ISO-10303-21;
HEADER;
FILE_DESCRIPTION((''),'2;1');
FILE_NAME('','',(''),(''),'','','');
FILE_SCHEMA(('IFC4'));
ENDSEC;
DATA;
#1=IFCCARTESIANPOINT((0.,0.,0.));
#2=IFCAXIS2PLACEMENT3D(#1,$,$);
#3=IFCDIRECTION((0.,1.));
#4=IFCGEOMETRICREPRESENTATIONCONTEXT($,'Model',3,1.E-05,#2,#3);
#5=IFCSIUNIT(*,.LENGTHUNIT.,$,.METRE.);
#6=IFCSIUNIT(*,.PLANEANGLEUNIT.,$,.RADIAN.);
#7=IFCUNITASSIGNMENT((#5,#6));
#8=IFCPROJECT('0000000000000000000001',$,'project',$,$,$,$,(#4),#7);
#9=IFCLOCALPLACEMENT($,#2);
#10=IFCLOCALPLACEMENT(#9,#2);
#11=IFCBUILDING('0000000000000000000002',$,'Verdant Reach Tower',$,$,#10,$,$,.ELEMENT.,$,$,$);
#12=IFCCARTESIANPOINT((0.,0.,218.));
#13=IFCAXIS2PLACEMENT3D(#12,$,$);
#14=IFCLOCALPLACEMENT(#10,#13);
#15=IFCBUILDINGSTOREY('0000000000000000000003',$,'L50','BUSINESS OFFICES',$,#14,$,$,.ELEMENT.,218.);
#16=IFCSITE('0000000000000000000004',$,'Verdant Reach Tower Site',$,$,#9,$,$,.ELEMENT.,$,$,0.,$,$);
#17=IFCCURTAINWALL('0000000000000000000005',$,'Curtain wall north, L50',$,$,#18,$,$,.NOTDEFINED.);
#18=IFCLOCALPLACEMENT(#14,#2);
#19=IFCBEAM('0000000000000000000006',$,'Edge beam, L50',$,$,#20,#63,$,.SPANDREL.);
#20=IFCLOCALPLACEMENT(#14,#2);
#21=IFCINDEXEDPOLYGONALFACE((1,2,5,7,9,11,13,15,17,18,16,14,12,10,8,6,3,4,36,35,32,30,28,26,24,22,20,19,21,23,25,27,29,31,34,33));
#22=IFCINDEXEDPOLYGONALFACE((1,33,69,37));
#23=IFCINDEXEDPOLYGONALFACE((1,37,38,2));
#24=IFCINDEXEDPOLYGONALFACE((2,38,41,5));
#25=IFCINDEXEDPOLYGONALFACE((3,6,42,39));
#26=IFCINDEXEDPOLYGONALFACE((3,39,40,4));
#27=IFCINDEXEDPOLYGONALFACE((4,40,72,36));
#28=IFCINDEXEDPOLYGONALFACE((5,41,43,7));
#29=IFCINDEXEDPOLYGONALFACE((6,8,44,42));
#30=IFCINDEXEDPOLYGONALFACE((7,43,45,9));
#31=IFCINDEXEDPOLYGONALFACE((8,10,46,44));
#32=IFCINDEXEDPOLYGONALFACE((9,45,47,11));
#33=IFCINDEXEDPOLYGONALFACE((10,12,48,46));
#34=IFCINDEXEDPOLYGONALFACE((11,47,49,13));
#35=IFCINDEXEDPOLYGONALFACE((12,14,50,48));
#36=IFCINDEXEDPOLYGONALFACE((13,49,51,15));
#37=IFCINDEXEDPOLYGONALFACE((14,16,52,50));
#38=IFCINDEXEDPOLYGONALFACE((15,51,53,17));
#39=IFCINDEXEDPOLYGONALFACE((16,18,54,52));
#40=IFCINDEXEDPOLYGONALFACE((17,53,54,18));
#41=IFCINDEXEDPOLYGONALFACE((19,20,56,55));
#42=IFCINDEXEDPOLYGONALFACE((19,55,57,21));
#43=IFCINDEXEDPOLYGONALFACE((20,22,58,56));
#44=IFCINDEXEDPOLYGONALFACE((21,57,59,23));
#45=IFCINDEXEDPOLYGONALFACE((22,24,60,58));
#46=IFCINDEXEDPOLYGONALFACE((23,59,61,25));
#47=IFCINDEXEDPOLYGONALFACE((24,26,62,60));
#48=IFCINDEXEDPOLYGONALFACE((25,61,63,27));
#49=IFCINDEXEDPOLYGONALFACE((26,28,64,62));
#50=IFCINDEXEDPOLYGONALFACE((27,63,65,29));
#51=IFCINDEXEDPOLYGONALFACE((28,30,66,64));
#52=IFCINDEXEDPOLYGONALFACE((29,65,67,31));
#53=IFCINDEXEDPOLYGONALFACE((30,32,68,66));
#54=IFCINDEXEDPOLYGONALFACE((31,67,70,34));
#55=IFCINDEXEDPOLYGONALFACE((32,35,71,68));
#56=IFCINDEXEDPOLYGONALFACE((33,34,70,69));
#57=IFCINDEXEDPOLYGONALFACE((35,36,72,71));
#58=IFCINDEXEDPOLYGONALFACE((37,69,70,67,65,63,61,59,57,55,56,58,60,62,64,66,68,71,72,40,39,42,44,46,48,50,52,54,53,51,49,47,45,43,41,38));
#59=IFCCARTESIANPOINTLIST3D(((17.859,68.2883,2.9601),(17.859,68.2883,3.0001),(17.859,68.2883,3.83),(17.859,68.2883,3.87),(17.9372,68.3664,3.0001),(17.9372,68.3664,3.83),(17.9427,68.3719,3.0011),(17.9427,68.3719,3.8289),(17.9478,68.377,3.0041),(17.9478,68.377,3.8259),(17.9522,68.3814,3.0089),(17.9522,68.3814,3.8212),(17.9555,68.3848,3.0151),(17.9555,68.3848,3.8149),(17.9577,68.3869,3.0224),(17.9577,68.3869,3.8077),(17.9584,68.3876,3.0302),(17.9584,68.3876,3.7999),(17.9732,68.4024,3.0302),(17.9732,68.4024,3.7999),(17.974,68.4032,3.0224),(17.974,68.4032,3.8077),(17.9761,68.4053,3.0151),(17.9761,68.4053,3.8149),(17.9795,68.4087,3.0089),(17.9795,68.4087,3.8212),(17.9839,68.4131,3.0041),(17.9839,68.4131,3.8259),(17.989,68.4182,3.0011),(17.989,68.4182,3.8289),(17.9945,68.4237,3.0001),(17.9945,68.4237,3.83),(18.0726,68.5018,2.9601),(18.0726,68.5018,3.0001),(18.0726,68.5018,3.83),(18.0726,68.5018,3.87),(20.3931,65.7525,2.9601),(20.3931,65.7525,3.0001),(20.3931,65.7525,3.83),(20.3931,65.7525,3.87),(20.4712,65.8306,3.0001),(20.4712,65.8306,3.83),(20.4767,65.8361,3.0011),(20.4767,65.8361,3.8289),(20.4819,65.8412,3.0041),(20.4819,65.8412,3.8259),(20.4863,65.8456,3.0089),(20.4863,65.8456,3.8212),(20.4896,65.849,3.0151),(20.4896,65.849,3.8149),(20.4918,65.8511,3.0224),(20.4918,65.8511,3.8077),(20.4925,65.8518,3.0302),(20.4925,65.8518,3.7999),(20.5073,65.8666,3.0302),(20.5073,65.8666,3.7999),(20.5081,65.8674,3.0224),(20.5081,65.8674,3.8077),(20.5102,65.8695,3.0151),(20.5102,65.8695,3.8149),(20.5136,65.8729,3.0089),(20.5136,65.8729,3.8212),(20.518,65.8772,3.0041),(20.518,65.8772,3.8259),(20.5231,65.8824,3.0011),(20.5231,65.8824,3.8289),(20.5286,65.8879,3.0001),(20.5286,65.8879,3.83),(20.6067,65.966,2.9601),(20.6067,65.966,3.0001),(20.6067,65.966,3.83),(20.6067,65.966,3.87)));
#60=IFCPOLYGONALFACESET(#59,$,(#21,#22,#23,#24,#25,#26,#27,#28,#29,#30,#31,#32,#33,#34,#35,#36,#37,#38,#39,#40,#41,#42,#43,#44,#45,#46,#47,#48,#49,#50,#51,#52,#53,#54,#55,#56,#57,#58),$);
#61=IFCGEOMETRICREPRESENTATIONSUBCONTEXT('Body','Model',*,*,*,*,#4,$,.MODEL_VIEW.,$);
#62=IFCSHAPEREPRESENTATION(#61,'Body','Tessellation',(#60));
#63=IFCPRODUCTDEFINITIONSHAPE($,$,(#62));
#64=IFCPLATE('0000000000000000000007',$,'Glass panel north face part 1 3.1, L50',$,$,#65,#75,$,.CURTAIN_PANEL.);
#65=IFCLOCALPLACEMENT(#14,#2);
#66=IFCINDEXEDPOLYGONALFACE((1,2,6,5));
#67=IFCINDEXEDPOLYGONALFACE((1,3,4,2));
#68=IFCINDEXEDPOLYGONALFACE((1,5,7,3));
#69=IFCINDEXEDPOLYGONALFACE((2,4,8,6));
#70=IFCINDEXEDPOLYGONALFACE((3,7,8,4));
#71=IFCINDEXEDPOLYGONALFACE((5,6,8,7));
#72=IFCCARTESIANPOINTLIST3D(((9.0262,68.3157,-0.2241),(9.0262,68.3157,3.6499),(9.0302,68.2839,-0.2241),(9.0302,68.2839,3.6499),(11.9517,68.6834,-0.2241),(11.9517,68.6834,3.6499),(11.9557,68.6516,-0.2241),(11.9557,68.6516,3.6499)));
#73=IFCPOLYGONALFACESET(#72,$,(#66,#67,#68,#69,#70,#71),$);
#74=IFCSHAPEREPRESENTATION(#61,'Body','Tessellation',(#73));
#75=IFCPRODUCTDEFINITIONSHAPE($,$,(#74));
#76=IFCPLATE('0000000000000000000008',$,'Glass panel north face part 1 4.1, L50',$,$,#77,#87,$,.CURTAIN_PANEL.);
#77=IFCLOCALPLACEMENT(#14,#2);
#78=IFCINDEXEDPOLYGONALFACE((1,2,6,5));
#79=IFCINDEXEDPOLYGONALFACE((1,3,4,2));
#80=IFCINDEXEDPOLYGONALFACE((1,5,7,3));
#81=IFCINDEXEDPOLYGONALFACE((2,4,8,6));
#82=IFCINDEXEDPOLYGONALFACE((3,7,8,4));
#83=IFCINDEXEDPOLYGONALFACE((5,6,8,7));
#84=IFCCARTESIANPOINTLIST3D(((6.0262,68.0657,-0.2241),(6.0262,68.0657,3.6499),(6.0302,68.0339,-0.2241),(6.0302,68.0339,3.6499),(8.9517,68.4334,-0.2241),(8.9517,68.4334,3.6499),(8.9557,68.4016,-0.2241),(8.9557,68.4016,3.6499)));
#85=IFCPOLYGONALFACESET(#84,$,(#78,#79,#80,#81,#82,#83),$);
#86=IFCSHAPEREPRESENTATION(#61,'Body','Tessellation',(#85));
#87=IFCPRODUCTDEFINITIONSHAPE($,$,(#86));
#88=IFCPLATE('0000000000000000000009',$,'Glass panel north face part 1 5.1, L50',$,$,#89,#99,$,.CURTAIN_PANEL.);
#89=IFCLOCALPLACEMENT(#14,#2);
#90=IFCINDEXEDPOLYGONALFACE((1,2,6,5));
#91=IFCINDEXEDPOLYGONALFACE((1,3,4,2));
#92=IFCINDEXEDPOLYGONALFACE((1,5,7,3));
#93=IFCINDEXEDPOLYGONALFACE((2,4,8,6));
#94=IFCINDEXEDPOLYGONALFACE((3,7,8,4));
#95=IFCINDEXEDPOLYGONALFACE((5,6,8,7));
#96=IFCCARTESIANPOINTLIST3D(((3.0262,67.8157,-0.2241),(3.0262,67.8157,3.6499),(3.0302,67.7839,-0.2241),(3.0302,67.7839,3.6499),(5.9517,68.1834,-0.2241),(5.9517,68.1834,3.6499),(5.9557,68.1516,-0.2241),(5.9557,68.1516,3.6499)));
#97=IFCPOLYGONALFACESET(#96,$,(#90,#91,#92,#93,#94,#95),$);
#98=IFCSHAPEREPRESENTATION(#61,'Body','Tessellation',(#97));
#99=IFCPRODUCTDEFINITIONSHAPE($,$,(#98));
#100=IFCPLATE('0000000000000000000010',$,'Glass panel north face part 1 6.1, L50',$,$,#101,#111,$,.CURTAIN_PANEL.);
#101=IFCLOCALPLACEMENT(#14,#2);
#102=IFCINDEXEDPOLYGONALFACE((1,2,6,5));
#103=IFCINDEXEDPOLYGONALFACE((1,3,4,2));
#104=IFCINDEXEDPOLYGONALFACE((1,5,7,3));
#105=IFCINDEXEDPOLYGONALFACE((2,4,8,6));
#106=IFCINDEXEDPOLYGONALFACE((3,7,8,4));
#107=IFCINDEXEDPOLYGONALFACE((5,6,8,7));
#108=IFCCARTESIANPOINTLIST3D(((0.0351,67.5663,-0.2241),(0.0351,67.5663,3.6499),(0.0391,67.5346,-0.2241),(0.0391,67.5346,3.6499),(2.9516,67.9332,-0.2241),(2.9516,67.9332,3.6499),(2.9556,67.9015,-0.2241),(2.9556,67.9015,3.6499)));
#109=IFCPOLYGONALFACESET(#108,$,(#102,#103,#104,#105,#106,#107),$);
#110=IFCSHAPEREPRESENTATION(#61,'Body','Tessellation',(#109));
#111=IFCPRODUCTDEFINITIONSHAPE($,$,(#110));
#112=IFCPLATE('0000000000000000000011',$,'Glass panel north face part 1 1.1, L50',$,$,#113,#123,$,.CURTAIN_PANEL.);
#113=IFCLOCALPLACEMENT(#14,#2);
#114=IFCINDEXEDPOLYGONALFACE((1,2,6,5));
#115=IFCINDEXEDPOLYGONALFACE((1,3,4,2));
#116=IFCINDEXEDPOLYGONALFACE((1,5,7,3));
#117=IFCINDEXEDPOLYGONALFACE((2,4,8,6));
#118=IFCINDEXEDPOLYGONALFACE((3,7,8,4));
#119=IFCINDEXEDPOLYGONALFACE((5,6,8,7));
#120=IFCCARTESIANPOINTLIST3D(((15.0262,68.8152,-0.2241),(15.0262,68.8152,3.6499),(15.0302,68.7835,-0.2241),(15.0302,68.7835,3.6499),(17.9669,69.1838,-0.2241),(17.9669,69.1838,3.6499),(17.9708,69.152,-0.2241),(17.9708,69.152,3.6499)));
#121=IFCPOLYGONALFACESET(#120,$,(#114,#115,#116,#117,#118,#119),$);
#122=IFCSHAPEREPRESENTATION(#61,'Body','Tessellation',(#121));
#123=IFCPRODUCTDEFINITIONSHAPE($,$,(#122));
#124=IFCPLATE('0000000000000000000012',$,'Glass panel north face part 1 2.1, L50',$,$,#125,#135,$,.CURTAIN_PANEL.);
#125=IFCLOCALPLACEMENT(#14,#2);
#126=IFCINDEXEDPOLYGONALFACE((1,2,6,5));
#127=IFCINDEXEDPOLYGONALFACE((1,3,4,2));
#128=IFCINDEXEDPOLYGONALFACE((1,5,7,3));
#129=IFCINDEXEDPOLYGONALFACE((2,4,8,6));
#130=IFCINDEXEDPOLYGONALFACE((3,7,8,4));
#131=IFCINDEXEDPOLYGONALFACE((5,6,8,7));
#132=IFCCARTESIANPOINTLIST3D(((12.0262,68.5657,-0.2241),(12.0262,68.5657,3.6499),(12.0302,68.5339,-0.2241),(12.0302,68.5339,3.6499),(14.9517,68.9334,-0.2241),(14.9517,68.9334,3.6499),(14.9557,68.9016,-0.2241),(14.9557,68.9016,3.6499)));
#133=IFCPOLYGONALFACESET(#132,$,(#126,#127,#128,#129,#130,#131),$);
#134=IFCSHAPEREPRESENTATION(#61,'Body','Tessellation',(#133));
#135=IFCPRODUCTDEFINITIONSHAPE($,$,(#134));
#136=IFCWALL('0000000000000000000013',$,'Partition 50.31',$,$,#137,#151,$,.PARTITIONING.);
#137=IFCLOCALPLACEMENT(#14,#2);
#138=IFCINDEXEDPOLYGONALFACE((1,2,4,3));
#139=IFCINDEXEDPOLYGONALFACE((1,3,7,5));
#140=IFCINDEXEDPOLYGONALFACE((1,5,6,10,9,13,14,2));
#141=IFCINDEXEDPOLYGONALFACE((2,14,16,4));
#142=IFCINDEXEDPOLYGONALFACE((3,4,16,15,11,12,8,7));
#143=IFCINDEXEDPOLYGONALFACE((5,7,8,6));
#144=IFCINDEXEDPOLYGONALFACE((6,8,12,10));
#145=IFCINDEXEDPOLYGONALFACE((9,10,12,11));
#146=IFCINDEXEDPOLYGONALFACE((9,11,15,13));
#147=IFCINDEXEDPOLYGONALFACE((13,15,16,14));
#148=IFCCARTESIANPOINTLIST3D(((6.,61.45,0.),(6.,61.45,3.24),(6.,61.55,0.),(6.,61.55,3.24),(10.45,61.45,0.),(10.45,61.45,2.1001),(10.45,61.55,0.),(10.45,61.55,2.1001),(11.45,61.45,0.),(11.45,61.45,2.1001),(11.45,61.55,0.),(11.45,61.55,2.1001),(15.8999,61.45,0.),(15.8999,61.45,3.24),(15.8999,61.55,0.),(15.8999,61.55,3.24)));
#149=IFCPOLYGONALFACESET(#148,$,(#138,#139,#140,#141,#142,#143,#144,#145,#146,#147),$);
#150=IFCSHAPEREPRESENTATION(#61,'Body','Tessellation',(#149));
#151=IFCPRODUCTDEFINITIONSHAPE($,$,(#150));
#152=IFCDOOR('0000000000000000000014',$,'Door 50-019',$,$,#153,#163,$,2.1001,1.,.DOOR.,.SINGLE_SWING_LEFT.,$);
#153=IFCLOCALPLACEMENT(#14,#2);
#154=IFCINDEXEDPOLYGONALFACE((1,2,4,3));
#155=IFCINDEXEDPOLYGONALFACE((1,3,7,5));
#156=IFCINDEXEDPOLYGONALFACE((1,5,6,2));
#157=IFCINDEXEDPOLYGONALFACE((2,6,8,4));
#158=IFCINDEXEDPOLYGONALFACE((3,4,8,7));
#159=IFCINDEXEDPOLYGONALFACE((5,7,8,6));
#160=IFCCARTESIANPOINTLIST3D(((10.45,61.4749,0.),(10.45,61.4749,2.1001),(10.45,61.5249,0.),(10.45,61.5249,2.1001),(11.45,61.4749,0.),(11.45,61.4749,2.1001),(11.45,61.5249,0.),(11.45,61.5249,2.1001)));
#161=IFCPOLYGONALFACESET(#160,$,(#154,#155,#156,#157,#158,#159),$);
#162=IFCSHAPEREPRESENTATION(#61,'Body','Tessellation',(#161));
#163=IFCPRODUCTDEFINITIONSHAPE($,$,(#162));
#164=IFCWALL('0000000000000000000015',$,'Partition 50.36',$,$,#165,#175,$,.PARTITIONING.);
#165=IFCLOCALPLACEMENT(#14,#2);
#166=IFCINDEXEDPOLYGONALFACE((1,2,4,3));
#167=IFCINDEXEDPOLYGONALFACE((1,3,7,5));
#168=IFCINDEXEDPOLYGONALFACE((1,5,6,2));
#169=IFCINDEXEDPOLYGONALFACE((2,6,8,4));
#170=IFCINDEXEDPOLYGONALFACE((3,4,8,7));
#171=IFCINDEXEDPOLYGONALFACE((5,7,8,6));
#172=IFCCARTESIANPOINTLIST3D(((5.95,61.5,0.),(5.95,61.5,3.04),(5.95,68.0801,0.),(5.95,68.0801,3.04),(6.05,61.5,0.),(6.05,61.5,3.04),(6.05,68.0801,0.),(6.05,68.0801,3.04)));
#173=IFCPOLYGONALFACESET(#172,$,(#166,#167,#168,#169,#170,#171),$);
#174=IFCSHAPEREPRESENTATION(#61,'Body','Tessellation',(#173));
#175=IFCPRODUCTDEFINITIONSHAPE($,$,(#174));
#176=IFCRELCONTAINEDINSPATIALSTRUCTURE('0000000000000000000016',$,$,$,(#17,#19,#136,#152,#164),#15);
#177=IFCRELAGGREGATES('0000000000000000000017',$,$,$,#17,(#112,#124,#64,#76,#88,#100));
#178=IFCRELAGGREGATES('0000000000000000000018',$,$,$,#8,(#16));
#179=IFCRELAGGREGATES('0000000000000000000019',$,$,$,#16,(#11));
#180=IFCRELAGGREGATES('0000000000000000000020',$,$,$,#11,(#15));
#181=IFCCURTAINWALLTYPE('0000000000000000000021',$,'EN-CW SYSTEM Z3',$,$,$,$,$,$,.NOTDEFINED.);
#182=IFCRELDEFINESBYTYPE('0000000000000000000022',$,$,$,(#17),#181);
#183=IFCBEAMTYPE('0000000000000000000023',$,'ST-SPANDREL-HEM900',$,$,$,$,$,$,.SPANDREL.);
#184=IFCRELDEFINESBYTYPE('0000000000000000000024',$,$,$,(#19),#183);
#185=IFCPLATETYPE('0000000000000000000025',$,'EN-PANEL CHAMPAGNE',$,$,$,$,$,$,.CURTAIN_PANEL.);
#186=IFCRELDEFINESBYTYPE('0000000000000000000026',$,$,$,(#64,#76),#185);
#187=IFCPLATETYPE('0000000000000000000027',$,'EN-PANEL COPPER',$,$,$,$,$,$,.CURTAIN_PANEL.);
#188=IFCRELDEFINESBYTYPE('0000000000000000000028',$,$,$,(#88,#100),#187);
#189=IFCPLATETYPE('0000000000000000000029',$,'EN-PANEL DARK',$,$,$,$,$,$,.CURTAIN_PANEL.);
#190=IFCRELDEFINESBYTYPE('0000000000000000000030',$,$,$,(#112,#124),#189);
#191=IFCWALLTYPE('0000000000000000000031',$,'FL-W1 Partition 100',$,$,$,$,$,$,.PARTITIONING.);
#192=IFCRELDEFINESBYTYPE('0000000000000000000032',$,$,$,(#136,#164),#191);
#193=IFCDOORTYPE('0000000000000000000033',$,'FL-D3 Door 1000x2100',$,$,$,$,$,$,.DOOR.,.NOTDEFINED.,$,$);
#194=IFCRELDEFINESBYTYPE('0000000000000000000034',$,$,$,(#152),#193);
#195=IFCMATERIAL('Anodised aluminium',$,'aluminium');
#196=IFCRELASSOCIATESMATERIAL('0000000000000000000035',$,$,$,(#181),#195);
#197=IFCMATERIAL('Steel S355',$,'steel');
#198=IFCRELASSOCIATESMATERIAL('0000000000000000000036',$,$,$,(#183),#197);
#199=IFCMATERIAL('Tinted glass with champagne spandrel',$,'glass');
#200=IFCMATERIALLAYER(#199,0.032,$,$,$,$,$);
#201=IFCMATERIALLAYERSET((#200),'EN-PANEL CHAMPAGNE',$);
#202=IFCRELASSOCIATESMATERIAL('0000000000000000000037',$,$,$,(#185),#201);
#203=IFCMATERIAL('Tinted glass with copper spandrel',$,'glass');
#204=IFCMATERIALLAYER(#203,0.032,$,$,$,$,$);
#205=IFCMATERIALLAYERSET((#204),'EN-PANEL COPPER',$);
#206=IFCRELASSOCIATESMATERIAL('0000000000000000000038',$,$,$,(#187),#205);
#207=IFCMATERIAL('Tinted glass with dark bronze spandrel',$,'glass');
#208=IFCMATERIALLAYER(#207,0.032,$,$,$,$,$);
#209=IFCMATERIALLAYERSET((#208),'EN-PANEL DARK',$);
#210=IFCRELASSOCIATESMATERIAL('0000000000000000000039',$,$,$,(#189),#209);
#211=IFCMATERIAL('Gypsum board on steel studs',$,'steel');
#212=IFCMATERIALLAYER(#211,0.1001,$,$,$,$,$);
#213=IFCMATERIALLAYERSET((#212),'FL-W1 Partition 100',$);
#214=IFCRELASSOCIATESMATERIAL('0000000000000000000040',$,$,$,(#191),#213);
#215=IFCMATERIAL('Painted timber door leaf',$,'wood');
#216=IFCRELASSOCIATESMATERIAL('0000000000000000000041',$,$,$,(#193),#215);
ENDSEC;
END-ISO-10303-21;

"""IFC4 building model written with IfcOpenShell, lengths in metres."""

from ifc_helpers import new_model, si_unit, direction, frame, frame_2d, origin, origin_2d, place, context, subcontext, project, spatial, rectangle, i_section, extrude, material, layer, layer_set, material_profile, profile_set, type_object, element, fill, aggregate, save


model = new_model("IFC4")

# Units and contexts
model_context = context("Model", 3, precision=1e-05, world=origin(), true_north=direction((0.0, 1.0)))
body_context = subcontext(model_context, "Body", "Model", "MODEL_VIEW")
ifc_project = project(units=[si_unit("LENGTHUNIT", "METRE"), si_unit("PLANEANGLEUNIT", "RADIAN")], contexts=[model_context])

# Site, building, storey
site_placement = place(None, origin())
site = spatial("IfcSite", under=ifc_project, at=site_placement, Name="Verdant Reach Tower Site", CompositionType="ELEMENT", RefElevation=0.0)
building_placement = place(site_placement, origin())
building = spatial("IfcBuilding", under=site, at=building_placement, Name="Verdant Reach Tower", CompositionType="ELEMENT")
storey_placement = place(building_placement, frame((0.0, 0.0, 218.0)))
storey = spatial("IfcBuildingStorey", under=building, at=storey_placement, Name="L50", Description="BUSINESS OFFICES", CompositionType="ELEMENT", Elevation=218.0)

# Curtain wall
ifc_material_1 = material(Name="Anodised aluminium", Category="aluminium")
curtain_wall_type = type_object("IfcCurtainWallType", Name="EN-CW SYSTEM Z3", PredefinedType="NOTDEFINED", material=ifc_material_1)
curtain_wall_placement = place(storey_placement, origin())
curtain_wall = element("IfcCurtainWall", 1, at=curtain_wall_placement, inside=storey, type_object=curtain_wall_type, Name="Curtain wall north, L50", PredefinedType="NOTDEFINED")

# Beam
ifc_material_2 = material(Name="Steel S355", Category="steel")
ifc_material_profile_1 = material_profile(ifc_material_2, i_section(OverallWidth=0.302, OverallDepth=0.9099, WebThickness=0.021, FlangeThickness=0.04, FilletRadius=0.03, at=origin_2d()), Name="HEM 900")
ifc_profile_set_1 = profile_set([ifc_material_profile_1], Name="Steel S355")
beam_type_1 = type_object("IfcBeamType", Name="ST-SPANDREL-HEM900", PredefinedType="SPANDREL", material=ifc_profile_set_1)
beam_1_placement = place(storey_placement, frame((17.9658, 68.395, 3.415), z_axis=(0.706868, -0.707345, 0.0), x_axis=(0.707345, 0.706868, 0.0)))
element("IfcBeam", 2, at=beam_1_placement, inside=storey, type_object=beam_type_1, Name="Edge beam, L50", PredefinedType="SPANDREL", context=body_context, shape_type="SweptSolid", body=[
    extrude(i_section(OverallWidth=0.302, OverallDepth=0.9099, WebThickness=0.021, FlangeThickness=0.04, FilletRadius=0.03, at=origin_2d()), origin(), (0.0, 0.0, 1.0), 3.585),
])

# Plates
ifc_material_3 = material(Name="Tinted glass with champagne spandrel", Category="glass")
ifc_layer_1 = layer(ifc_material_3, 0.032)
ifc_layer_set_1 = layer_set([ifc_layer_1], Name="EN-PANEL CHAMPAGNE")
plate_type_1 = type_object("IfcPlateType", Name="EN-PANEL CHAMPAGNE", PredefinedType="CURTAIN_PANEL", material=ifc_layer_set_1)
plate_1_placement = place(storey_placement, frame((10.491, 68.4836, -0.2241), z_axis=(0.0, 0.0, 1.0), x_axis=(-0.992194, -0.124704, 0.0)))
plate_1 = element("IfcPlate", 3, at=plate_1_placement, type_object=plate_type_1, Name="Glass panel north face part 1 3.1, L50", PredefinedType="CURTAIN_PANEL", context=body_context, shape_type="SweptSolid", body=[
    extrude(rectangle(XDim=2.9485, YDim=0.032, at=origin_2d()), origin(), (0.0, 0.0, 1.0), 3.874),
])
plate_2_placement = place(storey_placement, frame((7.491, 68.2336, -0.2241), z_axis=(0.0, 0.0, 1.0), x_axis=(-0.992194, -0.124704, 0.0)))
plate_2 = element("IfcPlate", 4, at=plate_2_placement, type_object=plate_type_1, Name="Glass panel north face part 1 4.1, L50", PredefinedType="CURTAIN_PANEL", context=body_context, shape_type="SweptSolid", body=[
    extrude(rectangle(XDim=2.9485, YDim=0.032, at=origin_2d()), origin(), (0.0, 0.0, 1.0), 3.874),
])
ifc_material_4 = material(Name="Tinted glass with copper spandrel", Category="glass")
ifc_layer_2 = layer(ifc_material_4, 0.032)
ifc_layer_set_2 = layer_set([ifc_layer_2], Name="EN-PANEL COPPER")
plate_type_2 = type_object("IfcPlateType", Name="EN-PANEL COPPER", PredefinedType="CURTAIN_PANEL", material=ifc_layer_set_2)
plate_3_placement = place(storey_placement, frame((4.491, 67.9836, -0.2241), z_axis=(0.0, 0.0, 1.0), x_axis=(-0.992194, -0.124704, 0.0)))
plate_3 = element("IfcPlate", 5, at=plate_3_placement, type_object=plate_type_2, Name="Glass panel north face part 1 5.1, L50", PredefinedType="CURTAIN_PANEL", context=body_context, shape_type="SweptSolid", body=[
    extrude(rectangle(XDim=2.9485, YDim=0.032, at=origin_2d()), origin(), (0.0, 0.0, 1.0), 3.874),
])
plate_4_placement = place(storey_placement, frame((1.4954, 67.7339, -0.2241), z_axis=(0.0, 0.0, 1.0), x_axis=(-0.992178, -0.124828, 0.0)))
plate_4 = element("IfcPlate", 6, at=plate_4_placement, type_object=plate_type_2, Name="Glass panel north face part 1 6.1, L50", PredefinedType="CURTAIN_PANEL", context=body_context, shape_type="SweptSolid", body=[
    extrude(rectangle(XDim=2.9395, YDim=0.032, at=origin_2d()), origin(), (0.0, 0.0, 1.0), 3.874),
])
ifc_material_5 = material(Name="Tinted glass with dark bronze spandrel", Category="glass")
ifc_layer_3 = layer(ifc_material_5, 0.032)
ifc_layer_set_3 = layer_set([ifc_layer_3], Name="EN-PANEL DARK")
plate_type_3 = type_object("IfcPlateType", Name="EN-PANEL DARK", PredefinedType="CURTAIN_PANEL", material=ifc_layer_set_3)
plate_5_placement = place(storey_placement, frame((16.4985, 68.9836, -0.2241), z_axis=(0.0, 0.0, 1.0), x_axis=(-0.992238, -0.124355, 0.0)))
plate_5 = element("IfcPlate", 7, at=plate_5_placement, type_object=plate_type_3, Name="Glass panel north face part 1 1.1, L50", PredefinedType="CURTAIN_PANEL", context=body_context, shape_type="SweptSolid", body=[
    extrude(rectangle(XDim=2.9636, YDim=0.032, at=origin_2d()), origin(), (0.0, 0.0, 1.0), 3.874),
])
plate_6_placement = place(storey_placement, frame((13.491, 68.7336, -0.2241), z_axis=(0.0, 0.0, 1.0), x_axis=(-0.992194, -0.124704, 0.0)))
plate_6 = element("IfcPlate", 8, at=plate_6_placement, type_object=plate_type_3, Name="Glass panel north face part 1 2.1, L50", PredefinedType="CURTAIN_PANEL", context=body_context, shape_type="SweptSolid", body=[
    extrude(rectangle(XDim=2.9485, YDim=0.032, at=origin_2d()), origin(), (0.0, 0.0, 1.0), 3.874),
])
aggregate(curtain_wall, [plate_5, plate_6, plate_1, plate_2, plate_3, plate_4])

# Wall, opening, door
ifc_material_6 = material(Name="Gypsum board on steel studs", Category="steel")
ifc_layer_4 = layer(ifc_material_6, 0.1001)
ifc_layer_set_4 = layer_set([ifc_layer_4], Name="FL-W1 Partition 100")
wall_type = type_object("IfcWallType", Name="FL-W1 Partition 100", PredefinedType="PARTITIONING", material=ifc_layer_set_4)
wall_1_placement = place(storey_placement, frame((6.0, 61.5, 0.0), z_axis=(0.0, 0.0, 1.0), x_axis=(1.0, 0.0, 0.0)))
wall_1 = element("IfcWall", 9, at=wall_1_placement, inside=storey, type_object=wall_type, Name="Partition 50.31", PredefinedType="PARTITIONING", context=body_context, shape_type="SweptSolid", body=[
    extrude(rectangle(XDim=9.8999, YDim=0.1001, at=frame_2d((4.95, 0.0))), origin(), (0.0, 0.0, 1.0), 3.24),
])
opening_placement = place(wall_1_placement, frame((4.45, 0.0, 0.0)))
opening = element("IfcOpeningElement", 10, at=opening_placement, cuts=wall_1, PredefinedType="OPENING", context=body_context, shape_type="SweptSolid", body=[
    extrude(rectangle(XDim=1.0, YDim=2.1001, at=frame_2d((0.5, 1.05))), frame((0.0, 0.0601, 0.0), z_axis=(0.0, -1.0, 0.0), x_axis=(1.0, 0.0, 0.0)), (0.0, 0.0, 1.0), 0.1201),
])
ifc_material_7 = material(Name="Painted timber door leaf", Category="wood")
door_type = type_object("IfcDoorType", Name="FL-D3 Door 1000x2100", OperationType="NOTDEFINED", PredefinedType="DOOR", material=ifc_material_7)
door_placement = place(opening_placement, origin())
door = element("IfcDoor", 11, at=door_placement, inside=storey, type_object=door_type, Name="Door 50-019", OperationType="SINGLE_SWING_LEFT", OverallHeight=2.1001, OverallWidth=1.0, PredefinedType="DOOR", context=body_context, shape_type="SweptSolid", body=[
    extrude(rectangle(XDim=1.0, YDim=2.1001, at=frame_2d((0.5, 1.05))), frame((0.0, 0.0249, 0.0), z_axis=(0.0, -1.0, 0.0), x_axis=(1.0, 0.0, 0.0)), (0.0, 0.0, 1.0), 0.05),
])
fill(opening, door)

# Wall
wall_2_placement = place(storey_placement, frame((6.0, 61.5, 0.0), z_axis=(0.0, 0.0, 1.0), x_axis=(0.0, 1.0, 0.0)))
element("IfcWall", 12, at=wall_2_placement, inside=storey, type_object=wall_type, Name="Partition 50.36", PredefinedType="PARTITIONING", context=body_context, shape_type="SweptSolid", body=[
    extrude(rectangle(XDim=6.5801, YDim=0.1001, at=frame_2d((3.29, 0.0))), origin(), (0.0, 0.0, 1.0), 3.04),
])

save(model, "model.ifc")
